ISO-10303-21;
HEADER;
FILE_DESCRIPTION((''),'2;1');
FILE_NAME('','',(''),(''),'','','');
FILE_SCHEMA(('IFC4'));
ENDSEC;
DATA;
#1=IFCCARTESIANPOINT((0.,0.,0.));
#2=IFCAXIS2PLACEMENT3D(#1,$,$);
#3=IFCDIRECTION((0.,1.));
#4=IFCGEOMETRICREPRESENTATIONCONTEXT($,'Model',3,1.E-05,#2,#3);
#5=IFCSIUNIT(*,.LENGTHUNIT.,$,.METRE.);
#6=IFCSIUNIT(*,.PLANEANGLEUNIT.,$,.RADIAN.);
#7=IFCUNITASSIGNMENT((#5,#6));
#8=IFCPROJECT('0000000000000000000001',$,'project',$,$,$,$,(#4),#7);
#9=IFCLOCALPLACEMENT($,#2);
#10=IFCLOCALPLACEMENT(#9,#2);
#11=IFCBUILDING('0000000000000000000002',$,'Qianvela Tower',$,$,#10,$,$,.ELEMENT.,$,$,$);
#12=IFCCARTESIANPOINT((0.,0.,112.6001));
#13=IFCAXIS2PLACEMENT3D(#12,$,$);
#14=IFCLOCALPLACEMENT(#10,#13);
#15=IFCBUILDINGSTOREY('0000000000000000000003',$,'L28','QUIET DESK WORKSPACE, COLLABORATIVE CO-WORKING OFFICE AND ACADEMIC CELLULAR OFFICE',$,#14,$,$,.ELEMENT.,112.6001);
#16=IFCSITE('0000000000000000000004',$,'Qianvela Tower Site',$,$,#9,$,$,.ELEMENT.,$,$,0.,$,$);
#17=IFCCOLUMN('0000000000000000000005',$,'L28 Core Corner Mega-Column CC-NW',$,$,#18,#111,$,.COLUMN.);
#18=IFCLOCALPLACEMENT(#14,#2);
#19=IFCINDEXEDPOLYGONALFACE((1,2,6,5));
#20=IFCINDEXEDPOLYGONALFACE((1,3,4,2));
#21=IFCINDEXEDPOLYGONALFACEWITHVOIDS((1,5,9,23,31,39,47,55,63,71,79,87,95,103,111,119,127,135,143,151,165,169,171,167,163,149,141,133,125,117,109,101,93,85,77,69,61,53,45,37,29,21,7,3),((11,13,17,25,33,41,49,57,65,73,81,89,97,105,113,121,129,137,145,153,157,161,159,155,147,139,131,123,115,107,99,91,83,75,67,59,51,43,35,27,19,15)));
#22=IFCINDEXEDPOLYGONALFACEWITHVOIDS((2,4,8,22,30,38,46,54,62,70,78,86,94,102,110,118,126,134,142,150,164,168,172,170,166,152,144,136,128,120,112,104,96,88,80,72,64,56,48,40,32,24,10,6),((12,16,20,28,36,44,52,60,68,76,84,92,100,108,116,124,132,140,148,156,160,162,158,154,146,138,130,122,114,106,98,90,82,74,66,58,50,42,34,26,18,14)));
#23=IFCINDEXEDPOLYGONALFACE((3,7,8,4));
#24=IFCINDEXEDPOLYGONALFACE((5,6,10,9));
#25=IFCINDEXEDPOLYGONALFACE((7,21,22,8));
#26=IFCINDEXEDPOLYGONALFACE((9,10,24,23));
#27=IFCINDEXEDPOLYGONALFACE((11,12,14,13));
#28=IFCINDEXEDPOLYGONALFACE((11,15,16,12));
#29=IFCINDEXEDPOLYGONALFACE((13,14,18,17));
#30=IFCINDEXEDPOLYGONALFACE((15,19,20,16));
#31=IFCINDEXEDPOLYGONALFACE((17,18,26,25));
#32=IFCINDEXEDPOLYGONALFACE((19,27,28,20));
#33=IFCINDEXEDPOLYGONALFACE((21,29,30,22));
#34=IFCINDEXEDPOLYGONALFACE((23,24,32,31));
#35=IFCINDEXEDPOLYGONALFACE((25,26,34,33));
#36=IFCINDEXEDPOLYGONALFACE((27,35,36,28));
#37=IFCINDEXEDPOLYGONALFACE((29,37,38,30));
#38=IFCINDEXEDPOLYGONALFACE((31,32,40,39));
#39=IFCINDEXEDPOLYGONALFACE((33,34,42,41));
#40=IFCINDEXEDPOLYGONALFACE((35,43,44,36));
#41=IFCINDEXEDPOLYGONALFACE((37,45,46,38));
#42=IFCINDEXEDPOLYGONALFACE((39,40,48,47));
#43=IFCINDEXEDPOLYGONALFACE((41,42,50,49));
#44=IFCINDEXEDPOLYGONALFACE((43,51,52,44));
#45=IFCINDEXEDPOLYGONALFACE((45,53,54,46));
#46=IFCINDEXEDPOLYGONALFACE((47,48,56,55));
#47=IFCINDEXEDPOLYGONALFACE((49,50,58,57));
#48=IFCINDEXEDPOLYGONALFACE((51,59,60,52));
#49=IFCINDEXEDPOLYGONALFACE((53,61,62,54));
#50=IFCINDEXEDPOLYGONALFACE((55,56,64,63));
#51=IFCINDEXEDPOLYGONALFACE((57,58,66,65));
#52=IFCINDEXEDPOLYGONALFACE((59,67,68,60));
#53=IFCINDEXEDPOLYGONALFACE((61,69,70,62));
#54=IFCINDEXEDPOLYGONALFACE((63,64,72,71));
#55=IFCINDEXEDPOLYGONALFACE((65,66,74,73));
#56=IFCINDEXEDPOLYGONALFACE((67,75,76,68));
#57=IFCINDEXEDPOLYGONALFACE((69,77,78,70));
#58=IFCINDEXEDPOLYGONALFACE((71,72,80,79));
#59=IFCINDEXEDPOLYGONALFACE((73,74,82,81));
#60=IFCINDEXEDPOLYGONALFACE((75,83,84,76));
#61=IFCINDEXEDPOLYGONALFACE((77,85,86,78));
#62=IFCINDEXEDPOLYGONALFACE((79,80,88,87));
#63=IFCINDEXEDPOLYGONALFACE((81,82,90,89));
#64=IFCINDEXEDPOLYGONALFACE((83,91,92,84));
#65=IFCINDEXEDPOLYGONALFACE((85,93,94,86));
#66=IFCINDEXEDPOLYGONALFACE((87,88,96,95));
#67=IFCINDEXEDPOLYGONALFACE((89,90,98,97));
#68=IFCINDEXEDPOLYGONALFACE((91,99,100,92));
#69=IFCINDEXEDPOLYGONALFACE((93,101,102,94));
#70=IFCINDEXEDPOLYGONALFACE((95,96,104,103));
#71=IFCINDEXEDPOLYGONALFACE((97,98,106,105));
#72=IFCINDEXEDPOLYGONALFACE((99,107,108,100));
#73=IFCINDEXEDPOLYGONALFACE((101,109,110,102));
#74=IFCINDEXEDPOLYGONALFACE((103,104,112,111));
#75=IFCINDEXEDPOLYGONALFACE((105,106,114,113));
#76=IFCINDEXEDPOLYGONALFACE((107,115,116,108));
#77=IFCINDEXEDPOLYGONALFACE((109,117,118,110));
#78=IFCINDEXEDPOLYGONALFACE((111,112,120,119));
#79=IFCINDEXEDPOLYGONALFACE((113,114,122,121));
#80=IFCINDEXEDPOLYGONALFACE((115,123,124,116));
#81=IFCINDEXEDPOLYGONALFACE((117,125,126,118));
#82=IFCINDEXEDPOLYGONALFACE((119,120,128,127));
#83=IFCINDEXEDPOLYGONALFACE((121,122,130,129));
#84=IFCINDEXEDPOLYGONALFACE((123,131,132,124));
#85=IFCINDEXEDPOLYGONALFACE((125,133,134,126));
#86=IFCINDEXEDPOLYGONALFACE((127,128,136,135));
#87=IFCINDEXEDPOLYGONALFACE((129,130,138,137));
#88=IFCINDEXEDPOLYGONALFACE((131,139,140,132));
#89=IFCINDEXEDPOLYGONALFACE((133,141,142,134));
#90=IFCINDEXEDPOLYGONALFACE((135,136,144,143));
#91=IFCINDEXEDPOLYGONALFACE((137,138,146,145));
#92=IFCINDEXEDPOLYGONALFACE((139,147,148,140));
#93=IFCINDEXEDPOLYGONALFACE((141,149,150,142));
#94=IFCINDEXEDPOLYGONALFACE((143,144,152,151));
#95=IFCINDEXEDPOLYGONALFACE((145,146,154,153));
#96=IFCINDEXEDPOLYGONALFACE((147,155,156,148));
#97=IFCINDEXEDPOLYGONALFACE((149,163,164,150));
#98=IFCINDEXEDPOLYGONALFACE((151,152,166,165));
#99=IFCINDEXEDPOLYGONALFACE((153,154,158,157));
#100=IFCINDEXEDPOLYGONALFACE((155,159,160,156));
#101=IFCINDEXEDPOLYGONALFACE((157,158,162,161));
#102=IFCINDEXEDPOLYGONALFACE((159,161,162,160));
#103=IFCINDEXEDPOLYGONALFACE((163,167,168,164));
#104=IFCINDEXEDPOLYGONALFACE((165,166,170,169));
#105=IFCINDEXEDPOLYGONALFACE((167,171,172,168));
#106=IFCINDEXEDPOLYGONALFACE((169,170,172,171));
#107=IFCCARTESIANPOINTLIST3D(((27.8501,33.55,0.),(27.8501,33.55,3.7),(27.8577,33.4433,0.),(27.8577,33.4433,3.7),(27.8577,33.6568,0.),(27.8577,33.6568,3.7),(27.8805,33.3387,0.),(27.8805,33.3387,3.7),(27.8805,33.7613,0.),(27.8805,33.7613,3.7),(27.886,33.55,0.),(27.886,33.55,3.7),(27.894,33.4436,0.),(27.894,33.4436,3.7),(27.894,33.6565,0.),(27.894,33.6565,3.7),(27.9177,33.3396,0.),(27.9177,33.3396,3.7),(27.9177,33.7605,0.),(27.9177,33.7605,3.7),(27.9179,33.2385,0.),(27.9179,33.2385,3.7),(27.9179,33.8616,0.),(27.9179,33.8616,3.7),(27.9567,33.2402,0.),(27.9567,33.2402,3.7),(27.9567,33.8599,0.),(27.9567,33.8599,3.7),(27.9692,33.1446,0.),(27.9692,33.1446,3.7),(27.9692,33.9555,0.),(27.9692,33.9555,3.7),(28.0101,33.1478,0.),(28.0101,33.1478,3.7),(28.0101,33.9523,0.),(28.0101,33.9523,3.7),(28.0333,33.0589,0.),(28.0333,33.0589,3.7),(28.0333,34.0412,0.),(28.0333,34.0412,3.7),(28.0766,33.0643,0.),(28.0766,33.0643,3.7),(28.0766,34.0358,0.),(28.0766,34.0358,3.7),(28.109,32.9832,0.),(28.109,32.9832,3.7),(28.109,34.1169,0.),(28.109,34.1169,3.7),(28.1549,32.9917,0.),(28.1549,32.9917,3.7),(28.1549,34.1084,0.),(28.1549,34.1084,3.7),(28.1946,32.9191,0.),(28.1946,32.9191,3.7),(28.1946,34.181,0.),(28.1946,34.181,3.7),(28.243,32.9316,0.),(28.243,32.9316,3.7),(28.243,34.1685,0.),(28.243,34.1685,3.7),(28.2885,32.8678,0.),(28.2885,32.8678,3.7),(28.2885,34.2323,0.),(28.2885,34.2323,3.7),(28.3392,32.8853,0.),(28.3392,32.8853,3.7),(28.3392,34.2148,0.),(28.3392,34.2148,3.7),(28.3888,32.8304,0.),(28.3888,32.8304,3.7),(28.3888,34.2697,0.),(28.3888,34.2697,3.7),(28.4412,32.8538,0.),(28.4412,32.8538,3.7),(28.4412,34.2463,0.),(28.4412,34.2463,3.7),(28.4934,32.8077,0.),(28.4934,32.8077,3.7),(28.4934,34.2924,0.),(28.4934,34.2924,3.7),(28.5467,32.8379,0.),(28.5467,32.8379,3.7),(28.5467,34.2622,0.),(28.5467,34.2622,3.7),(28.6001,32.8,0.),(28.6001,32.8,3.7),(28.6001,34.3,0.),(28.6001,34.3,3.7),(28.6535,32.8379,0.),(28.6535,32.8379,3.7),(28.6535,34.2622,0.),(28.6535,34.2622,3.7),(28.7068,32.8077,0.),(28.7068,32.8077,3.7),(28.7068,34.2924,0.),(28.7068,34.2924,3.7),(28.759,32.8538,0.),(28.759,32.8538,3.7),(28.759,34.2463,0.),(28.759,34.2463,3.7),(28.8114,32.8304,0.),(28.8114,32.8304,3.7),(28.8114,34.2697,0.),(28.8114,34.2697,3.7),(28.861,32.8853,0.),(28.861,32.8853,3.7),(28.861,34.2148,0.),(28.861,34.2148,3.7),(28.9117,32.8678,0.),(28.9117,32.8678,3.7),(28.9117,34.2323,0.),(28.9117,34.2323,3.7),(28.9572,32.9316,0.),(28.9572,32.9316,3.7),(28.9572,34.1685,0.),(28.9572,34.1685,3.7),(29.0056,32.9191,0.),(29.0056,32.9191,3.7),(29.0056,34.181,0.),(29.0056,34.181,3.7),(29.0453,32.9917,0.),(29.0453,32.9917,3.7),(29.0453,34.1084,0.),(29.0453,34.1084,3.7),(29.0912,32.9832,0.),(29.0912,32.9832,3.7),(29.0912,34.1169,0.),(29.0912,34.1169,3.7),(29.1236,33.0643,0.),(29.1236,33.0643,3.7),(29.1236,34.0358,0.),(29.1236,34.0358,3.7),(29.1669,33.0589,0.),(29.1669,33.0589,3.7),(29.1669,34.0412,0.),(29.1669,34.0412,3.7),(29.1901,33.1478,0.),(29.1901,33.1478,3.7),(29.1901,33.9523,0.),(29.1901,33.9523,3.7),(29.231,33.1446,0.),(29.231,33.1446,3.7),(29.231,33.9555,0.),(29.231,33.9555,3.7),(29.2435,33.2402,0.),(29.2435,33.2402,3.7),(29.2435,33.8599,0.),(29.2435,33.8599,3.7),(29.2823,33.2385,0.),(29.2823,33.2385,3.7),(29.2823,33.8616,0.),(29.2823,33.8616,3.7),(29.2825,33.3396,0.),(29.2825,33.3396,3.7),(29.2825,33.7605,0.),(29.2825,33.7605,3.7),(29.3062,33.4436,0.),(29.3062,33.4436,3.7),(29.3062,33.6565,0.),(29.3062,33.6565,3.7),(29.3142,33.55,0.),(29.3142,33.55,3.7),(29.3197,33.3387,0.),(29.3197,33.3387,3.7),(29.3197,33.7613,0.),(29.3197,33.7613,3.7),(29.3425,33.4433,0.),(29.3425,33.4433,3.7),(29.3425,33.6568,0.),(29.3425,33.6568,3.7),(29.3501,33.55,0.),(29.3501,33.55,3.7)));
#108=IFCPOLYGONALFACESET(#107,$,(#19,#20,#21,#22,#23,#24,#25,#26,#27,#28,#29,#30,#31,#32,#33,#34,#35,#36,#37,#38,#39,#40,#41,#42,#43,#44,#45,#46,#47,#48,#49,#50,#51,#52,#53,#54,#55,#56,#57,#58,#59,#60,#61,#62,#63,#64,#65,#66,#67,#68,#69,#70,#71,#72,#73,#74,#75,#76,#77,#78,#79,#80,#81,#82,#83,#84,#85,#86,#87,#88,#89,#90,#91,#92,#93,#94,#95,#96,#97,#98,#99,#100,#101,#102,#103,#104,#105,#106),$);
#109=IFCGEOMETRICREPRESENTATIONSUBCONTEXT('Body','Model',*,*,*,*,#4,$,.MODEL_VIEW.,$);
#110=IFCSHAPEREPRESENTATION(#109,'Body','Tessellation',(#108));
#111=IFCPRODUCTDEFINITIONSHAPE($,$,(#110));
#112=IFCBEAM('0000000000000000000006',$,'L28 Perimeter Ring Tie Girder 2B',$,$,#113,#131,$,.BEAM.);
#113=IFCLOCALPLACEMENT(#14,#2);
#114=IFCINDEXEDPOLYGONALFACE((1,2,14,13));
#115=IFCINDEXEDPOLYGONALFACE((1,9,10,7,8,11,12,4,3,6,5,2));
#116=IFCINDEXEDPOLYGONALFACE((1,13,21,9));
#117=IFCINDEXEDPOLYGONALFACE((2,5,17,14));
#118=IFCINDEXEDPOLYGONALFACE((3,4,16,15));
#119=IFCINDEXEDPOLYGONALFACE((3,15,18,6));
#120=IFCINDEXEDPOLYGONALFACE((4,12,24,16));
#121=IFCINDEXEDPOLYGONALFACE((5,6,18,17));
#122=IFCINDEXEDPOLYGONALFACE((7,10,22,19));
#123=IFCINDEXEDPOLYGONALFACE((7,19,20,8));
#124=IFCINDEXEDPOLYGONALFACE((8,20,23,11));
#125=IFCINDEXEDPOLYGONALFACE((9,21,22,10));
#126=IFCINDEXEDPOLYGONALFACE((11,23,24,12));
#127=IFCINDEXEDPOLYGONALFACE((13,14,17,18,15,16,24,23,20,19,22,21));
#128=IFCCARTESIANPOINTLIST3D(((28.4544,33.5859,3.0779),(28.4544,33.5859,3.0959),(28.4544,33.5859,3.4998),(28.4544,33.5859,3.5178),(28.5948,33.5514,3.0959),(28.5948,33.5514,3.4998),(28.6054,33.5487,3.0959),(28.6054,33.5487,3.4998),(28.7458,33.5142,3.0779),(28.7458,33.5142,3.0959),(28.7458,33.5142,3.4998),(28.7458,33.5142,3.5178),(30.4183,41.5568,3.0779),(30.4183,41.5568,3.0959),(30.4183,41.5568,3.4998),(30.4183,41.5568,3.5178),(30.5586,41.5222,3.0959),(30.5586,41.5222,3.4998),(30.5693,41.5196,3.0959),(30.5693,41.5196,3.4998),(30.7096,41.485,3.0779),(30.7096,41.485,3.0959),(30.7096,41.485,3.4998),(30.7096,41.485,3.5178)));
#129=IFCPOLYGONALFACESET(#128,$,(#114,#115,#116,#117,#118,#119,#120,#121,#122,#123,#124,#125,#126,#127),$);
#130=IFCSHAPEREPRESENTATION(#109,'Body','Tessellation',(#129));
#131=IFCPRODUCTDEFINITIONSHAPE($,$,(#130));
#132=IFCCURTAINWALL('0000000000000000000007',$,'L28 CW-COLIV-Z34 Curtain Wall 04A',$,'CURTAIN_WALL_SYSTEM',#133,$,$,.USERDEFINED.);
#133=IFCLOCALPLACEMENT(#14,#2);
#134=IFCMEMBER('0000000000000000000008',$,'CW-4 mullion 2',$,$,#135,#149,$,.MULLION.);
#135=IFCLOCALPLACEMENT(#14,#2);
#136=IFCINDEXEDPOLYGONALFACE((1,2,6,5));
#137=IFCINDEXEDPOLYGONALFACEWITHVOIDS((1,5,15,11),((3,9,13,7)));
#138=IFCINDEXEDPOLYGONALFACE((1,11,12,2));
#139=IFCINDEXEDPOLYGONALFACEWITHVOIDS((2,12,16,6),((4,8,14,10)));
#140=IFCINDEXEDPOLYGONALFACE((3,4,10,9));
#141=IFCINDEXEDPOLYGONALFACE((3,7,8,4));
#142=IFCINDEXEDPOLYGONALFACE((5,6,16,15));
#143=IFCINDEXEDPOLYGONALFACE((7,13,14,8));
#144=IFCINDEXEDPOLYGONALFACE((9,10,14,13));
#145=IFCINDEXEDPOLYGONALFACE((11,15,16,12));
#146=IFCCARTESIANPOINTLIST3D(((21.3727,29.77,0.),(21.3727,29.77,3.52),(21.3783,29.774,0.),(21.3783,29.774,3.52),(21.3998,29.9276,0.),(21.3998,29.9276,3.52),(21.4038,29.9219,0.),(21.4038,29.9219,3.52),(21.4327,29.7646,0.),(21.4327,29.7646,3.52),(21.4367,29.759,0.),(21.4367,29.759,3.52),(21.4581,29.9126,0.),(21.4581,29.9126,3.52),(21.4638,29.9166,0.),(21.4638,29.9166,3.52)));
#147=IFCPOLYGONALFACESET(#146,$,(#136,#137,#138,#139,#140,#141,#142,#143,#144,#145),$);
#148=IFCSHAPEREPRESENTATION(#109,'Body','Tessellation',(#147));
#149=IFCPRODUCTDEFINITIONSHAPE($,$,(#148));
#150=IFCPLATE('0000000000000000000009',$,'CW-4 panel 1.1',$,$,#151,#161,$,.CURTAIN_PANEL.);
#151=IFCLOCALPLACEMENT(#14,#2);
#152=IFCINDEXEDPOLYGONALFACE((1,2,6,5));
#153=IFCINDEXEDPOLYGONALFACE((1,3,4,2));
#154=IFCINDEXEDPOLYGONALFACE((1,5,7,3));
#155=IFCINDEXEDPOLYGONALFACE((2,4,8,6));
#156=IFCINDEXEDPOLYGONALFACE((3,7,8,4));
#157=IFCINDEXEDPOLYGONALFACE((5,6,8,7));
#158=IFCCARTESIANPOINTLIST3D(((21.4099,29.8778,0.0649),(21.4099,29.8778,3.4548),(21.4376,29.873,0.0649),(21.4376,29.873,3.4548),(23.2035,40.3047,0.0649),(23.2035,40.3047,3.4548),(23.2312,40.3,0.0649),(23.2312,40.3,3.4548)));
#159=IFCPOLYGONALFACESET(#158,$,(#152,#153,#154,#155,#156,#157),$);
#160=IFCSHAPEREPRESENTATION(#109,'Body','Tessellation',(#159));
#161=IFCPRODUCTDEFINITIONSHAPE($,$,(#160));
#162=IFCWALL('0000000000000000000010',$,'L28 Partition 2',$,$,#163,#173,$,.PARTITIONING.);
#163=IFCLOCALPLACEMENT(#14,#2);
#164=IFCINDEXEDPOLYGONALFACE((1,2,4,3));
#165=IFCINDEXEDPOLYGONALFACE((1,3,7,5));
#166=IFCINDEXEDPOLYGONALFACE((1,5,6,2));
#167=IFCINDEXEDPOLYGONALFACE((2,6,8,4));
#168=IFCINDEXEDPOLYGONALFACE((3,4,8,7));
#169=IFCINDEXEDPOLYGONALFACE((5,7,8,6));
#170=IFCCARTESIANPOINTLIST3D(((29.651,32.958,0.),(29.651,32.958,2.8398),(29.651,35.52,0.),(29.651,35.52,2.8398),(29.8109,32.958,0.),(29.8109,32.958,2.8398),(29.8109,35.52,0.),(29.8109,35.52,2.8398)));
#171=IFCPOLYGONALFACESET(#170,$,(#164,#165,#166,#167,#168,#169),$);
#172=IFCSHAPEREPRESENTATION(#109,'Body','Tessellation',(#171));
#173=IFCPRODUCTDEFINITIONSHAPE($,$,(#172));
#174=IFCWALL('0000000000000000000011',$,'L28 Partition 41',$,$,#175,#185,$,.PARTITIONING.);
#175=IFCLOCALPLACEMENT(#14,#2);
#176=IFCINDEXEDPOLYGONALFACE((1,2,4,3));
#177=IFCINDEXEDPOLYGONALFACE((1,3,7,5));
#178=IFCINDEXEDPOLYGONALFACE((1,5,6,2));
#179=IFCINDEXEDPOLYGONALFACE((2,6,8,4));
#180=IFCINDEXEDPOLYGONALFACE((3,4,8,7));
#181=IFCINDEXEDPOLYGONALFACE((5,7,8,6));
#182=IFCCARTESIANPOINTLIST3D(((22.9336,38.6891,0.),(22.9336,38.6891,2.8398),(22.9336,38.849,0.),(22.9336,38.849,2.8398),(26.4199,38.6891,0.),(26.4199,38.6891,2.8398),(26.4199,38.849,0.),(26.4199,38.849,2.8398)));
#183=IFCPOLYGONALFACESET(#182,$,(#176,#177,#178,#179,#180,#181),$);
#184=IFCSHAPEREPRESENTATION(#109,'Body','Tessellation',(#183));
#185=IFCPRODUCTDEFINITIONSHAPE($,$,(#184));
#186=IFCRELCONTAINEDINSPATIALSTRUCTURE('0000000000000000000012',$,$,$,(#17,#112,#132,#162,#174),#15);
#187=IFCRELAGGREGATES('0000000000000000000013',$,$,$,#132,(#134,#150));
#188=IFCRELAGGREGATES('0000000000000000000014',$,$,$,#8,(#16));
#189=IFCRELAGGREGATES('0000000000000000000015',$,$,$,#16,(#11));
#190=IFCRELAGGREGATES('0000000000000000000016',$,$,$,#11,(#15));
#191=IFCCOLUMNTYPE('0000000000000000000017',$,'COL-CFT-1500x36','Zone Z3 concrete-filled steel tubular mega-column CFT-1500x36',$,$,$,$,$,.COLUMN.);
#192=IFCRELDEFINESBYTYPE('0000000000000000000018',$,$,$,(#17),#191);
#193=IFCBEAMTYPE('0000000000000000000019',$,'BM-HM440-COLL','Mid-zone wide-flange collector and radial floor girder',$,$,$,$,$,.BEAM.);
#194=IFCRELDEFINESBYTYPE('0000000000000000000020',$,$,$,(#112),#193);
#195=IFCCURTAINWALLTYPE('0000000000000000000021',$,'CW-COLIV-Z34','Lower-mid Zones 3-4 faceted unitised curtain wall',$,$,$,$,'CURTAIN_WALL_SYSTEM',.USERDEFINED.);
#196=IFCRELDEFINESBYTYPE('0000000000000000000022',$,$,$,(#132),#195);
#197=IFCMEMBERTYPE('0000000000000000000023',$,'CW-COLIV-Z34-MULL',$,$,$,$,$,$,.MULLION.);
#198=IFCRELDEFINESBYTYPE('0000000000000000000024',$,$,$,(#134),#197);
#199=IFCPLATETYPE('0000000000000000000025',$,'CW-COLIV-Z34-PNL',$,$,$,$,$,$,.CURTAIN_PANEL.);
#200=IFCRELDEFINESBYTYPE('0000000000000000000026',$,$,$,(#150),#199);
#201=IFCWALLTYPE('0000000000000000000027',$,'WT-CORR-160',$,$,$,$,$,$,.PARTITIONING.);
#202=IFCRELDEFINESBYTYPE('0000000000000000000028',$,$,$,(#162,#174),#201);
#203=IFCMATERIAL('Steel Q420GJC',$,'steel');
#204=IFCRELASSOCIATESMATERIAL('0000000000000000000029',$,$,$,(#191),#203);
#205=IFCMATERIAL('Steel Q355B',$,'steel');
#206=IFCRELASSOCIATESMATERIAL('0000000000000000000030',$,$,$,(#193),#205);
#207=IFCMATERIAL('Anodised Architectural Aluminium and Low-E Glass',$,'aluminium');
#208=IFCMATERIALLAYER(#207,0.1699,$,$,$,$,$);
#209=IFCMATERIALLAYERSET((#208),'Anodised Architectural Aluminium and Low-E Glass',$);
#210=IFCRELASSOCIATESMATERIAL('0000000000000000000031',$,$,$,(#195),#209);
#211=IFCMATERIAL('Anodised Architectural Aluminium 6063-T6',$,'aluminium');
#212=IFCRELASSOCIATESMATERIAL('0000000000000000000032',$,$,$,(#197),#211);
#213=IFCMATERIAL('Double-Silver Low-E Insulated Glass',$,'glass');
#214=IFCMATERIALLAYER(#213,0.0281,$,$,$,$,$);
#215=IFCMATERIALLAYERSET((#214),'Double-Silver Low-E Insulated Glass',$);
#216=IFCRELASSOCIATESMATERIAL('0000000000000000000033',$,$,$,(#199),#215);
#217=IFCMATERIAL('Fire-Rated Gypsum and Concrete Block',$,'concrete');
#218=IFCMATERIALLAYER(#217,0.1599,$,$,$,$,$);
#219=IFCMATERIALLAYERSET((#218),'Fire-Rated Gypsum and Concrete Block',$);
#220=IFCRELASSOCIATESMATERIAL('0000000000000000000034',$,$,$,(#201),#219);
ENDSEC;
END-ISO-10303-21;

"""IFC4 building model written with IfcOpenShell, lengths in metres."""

from ifc_helpers import new_model, si_unit, direction, frame, frame_2d, origin, origin_2d, place, context, subcontext, project, spatial, rectangle, hollow_rectangle, hollow_circle, i_section, extrude, material, layer, layer_set, material_profile, profile_set, type_object, element, aggregate, save


model = new_model("IFC4")

# Units and contexts
model_context = context("Model", 3, precision=1e-05, world=origin(), true_north=direction((0.0, 1.0)))
body_context = subcontext(model_context, "Body", "Model", "MODEL_VIEW")
ifc_project = project(units=[si_unit("LENGTHUNIT", "METRE"), si_unit("PLANEANGLEUNIT", "RADIAN")], contexts=[model_context])

# Site, building, storey
site_placement = place(None, origin())
site = spatial("IfcSite", under=ifc_project, at=site_placement, Name="Qianvela Tower Site", CompositionType="ELEMENT", RefElevation=0.0)
building_placement = place(site_placement, origin())
building = spatial("IfcBuilding", under=site, at=building_placement, Name="Qianvela Tower", CompositionType="ELEMENT")
storey_placement = place(building_placement, frame((0.0, 0.0, 112.6001)))
storey = spatial("IfcBuildingStorey", under=building, at=storey_placement, Name="L28", Description="QUIET DESK WORKSPACE, COLLABORATIVE CO-WORKING OFFICE AND ACADEMIC CELLULAR OFFICE", CompositionType="ELEMENT", Elevation=112.6001)

# Column
ifc_material_1 = material(Name="Steel Q420GJC", Category="steel")
ifc_material_profile_1 = material_profile(ifc_material_1, hollow_circle(Radius=0.75, WallThickness=0.0359, at=origin_2d()), Name="CFT-1500x36")
ifc_profile_set_1 = profile_set([ifc_material_profile_1], Name="Steel Q420GJC")
column_type = type_object("IfcColumnType", Name="COL-CFT-1500x36", Description="Zone Z3 concrete-filled steel tubular mega-column CFT-1500x36", PredefinedType="COLUMN", material=ifc_profile_set_1)
column_placement = place(storey_placement, frame((28.6001, 33.55, 0.0), z_axis=(0.0, 0.0, 1.0), x_axis=(1.0, 0.0, 0.0)))
element("IfcColumn", 1, at=column_placement, inside=storey, type_object=column_type, Name="L28 Core Corner Mega-Column CC-NW", PredefinedType="COLUMN", context=body_context, shape_type="SweptSolid", body=[
    extrude(hollow_circle(Radius=0.75, WallThickness=0.0359, at=origin_2d()), origin(), (0.0, 0.0, 1.0), 3.7),
])

# Beam
ifc_material_2 = material(Name="Steel Q355B", Category="steel")
ifc_material_profile_2 = material_profile(ifc_material_2, i_section(OverallWidth=0.3, OverallDepth=0.4399, WebThickness=0.011, FlangeThickness=0.0181, at=origin_2d()), Name="HM440x300x11x18")
ifc_profile_set_2 = profile_set([ifc_material_profile_2], Name="Steel Q355B")
beam_type = type_object("IfcBeamType", Name="BM-HM440-COLL", Description="Mid-zone wide-flange collector and radial floor girder", PredefinedType="BEAM", material=ifc_profile_set_2)
beam_placement = place(storey_placement, frame((28.6001, 33.55, 3.2979), z_axis=(0.239224, 0.970964, 0.0), x_axis=(-0.970964, 0.239224, 0.0)))
element("IfcBeam", 2, at=beam_placement, inside=storey, type_object=beam_type, Name="L28 Perimeter Ring Tie Girder 2B", PredefinedType="BEAM", context=body_context, shape_type="SweptSolid", body=[
    extrude(i_section(OverallWidth=0.3, OverallDepth=0.4399, WebThickness=0.011, FlangeThickness=0.0181, at=origin_2d()), origin(), (0.0, 0.0, 1.0), 8.2092),
])

# Curtain wall, member, plate
ifc_material_3 = material(Name="Anodised Architectural Aluminium and Low-E Glass", Category="aluminium")
ifc_layer_1 = layer(ifc_material_3, 0.1699)
ifc_layer_set_1 = layer_set([ifc_layer_1], Name="Anodised Architectural Aluminium and Low-E Glass")
curtain_wall_type = type_object("IfcCurtainWallType", Name="CW-COLIV-Z34", Description="Lower-mid Zones 3-4 faceted unitised curtain wall", ElementType="CURTAIN_WALL_SYSTEM", PredefinedType="USERDEFINED", material=ifc_layer_set_1)
curtain_wall_placement = place(storey_placement, origin())
curtain_wall = element("IfcCurtainWall", 3, at=curtain_wall_placement, inside=storey, type_object=curtain_wall_type, Name="L28 CW-COLIV-Z34 Curtain Wall 04A", ObjectType="CURTAIN_WALL_SYSTEM", PredefinedType="USERDEFINED")
ifc_material_4 = material(Name="Anodised Architectural Aluminium 6063-T6", Category="aluminium")
ifc_material_profile_3 = material_profile(ifc_material_4, hollow_rectangle(XDim=0.0649, YDim=0.1599, WallThickness=0.0049, at=origin_2d()), Name="ALU-MULL-65x160")
ifc_profile_set_3 = profile_set([ifc_material_profile_3], Name="Anodised Architectural Aluminium 6063-T6")
member_type = type_object("IfcMemberType", Name="CW-COLIV-Z34-MULL", PredefinedType="MULLION", material=ifc_profile_set_3)
member_placement = place(storey_placement, frame((21.4182, 29.8433, 0.0), z_axis=(0.0, 0.0, 1.0), x_axis=(0.985526, -0.169524, 0.0)))
member = element("IfcMember", 4, at=member_placement, type_object=member_type, Name="CW-4 mullion 2", PredefinedType="MULLION", context=body_context, shape_type="SweptSolid", body=[
    extrude(hollow_rectangle(XDim=0.0649, YDim=0.1599, WallThickness=0.0049, at=origin_2d()), origin(), (0.0, 0.0, 1.0), 3.52),
])
ifc_material_5 = material(Name="Double-Silver Low-E Insulated Glass", Category="glass")
ifc_layer_2 = layer(ifc_material_5, 0.0281)
ifc_layer_set_2 = layer_set([ifc_layer_2], Name="Double-Silver Low-E Insulated Glass")
plate_type = type_object("IfcPlateType", Name="CW-COLIV-Z34-PNL", PredefinedType="CURTAIN_PANEL", material=ifc_layer_set_2)
plate_placement = place(storey_placement, frame((22.3206, 35.0889, 0.0649), z_axis=(0.0, 0.0, 1.0), x_axis=(-0.169524, -0.985526, 0.0)))
plate = element("IfcPlate", 5, at=plate_placement, type_object=plate_type, Name="CW-4 panel 1.1", PredefinedType="CURTAIN_PANEL", context=body_context, shape_type="SweptSolid", body=[
    extrude(rectangle(XDim=10.5801, YDim=0.0281, at=origin_2d()), origin(), (0.0, 0.0, 1.0), 3.3899),
])
aggregate(curtain_wall, [member, plate])

# Wall
ifc_material_6 = material(Name="Fire-Rated Gypsum and Concrete Block", Category="concrete")
ifc_layer_3 = layer(ifc_material_6, 0.1599)
ifc_layer_set_3 = layer_set([ifc_layer_3], Name="Fire-Rated Gypsum and Concrete Block")
wall_type_1 = type_object("IfcWallType", Name="WT-CORR-160", PredefinedType="PARTITIONING", material=ifc_layer_set_3)
wall_1_placement = place(storey_placement, frame((29.731, 32.958, 0.0), z_axis=(0.0, 0.0, 1.0), x_axis=(0.0, 1.0, 0.0)))
element("IfcWall", 6, at=wall_1_placement, inside=storey, type_object=wall_type_1, Name="L28 Partition 2", PredefinedType="PARTITIONING", context=body_context, shape_type="SweptSolid", body=[
    extrude(rectangle(XDim=2.562, YDim=0.1599, at=frame_2d((1.281, 0.0))), origin(), (0.0, 0.0, 1.0), 2.8398),
])

# Wall
wall_2_placement = place(storey_placement, frame((22.9336, 38.769, 0.0), z_axis=(0.0, 0.0, 1.0), x_axis=(1.0, 0.0, 0.0)))
element("IfcWall", 7, at=wall_2_placement, inside=storey, type_object=wall_type_1, Name="L28 Partition 41", PredefinedType="PARTITIONING", context=body_context, shape_type="SweptSolid", body=[
    extrude(rectangle(XDim=3.4863, YDim=0.1599, at=frame_2d((1.7432, 0.0))), origin(), (0.0, 0.0, 1.0), 2.8398),
])

save(model, "model.ifc")
